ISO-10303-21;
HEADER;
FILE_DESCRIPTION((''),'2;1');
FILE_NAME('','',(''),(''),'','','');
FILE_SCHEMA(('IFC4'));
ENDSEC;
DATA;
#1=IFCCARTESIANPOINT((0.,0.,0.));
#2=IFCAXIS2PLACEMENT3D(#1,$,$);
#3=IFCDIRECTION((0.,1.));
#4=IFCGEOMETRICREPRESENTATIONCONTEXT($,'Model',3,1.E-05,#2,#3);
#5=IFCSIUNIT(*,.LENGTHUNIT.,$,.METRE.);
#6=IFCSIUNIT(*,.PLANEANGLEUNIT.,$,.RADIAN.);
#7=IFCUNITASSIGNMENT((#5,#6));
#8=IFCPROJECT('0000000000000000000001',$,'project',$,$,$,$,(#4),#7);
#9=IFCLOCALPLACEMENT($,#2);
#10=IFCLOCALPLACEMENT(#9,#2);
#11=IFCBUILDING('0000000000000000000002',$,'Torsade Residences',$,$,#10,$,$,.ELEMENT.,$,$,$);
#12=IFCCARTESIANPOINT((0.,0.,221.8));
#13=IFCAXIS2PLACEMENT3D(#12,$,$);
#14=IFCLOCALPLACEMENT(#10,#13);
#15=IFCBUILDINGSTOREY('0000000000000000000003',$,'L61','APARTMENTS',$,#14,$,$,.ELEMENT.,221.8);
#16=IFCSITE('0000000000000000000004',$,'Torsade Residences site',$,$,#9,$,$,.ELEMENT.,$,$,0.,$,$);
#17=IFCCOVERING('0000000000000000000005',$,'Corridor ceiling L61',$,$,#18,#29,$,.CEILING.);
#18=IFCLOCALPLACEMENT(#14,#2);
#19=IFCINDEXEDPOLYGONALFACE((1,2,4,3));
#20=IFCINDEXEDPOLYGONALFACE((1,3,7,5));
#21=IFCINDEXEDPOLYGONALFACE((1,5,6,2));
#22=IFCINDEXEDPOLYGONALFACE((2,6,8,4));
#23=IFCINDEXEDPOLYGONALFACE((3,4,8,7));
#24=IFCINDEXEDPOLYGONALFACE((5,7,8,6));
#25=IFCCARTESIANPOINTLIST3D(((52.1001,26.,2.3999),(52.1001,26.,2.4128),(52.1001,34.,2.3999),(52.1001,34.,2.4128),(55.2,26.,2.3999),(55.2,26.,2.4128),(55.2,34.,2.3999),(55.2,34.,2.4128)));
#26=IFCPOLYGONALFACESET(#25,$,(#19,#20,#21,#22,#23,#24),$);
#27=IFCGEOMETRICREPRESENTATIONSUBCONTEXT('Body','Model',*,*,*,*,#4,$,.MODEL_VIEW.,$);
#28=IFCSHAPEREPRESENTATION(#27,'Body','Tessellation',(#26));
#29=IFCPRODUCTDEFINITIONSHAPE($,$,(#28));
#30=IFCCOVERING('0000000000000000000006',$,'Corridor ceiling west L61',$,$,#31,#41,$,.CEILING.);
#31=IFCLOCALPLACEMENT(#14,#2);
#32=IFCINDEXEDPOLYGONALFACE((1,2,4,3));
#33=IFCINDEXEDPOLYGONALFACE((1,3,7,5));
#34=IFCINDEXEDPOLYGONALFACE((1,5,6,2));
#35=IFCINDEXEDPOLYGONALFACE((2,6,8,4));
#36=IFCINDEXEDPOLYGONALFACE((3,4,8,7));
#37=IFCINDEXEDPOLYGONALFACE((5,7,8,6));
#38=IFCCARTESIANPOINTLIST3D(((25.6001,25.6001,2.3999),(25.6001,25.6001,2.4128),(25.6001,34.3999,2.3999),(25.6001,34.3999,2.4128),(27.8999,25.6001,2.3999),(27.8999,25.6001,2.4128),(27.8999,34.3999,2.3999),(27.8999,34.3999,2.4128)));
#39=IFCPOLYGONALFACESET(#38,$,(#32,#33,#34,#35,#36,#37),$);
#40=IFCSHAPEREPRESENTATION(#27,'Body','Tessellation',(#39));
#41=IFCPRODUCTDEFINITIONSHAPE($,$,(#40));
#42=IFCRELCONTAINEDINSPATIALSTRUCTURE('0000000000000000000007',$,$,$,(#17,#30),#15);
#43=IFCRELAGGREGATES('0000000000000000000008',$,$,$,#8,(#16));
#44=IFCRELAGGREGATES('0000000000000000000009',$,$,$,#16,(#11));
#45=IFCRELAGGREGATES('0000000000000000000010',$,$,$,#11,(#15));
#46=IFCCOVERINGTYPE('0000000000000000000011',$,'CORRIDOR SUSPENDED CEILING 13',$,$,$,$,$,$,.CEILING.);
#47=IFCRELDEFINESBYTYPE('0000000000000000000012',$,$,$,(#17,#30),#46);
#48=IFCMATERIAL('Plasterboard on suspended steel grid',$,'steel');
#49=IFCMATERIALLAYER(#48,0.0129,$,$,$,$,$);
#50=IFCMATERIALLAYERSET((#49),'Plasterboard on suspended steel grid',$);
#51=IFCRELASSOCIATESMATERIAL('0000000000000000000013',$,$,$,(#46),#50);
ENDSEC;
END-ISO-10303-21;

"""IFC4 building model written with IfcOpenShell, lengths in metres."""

from ifc_helpers import new_model, si_unit, direction, frame, origin, place, context, subcontext, project, spatial, polyline, outline, extrude, material, layer, layer_set, type_object, element, save


model = new_model("IFC4")

# Units and contexts
model_context = context("Model", 3, precision=1e-05, world=origin(), true_north=direction((0.0, 1.0)))
body_context = subcontext(model_context, "Body", "Model", "MODEL_VIEW")
ifc_project = project(units=[si_unit("LENGTHUNIT", "METRE"), si_unit("PLANEANGLEUNIT", "RADIAN")], contexts=[model_context])

# Site, building, storey
site_placement = place(None, origin())
site = spatial("IfcSite", under=ifc_project, at=site_placement, Name="Torsade Residences site", CompositionType="ELEMENT", RefElevation=0.0)
building_placement = place(site_placement, origin())
building = spatial("IfcBuilding", under=site, at=building_placement, Name="Torsade Residences", CompositionType="ELEMENT")
storey_placement = place(building_placement, frame((0.0, 0.0, 221.8)))
storey = spatial("IfcBuildingStorey", under=building, at=storey_placement, Name="L61", Description="APARTMENTS", CompositionType="ELEMENT", Elevation=221.8)

# Coverings
ifc_material_1 = material(Name="Plasterboard on suspended steel grid", Category="steel")
ifc_layer_1 = layer(ifc_material_1, 0.0129)
ifc_layer_set_1 = layer_set([ifc_layer_1], Name="Plasterboard on suspended steel grid")
covering_type_1 = type_object("IfcCoveringType", Name="CORRIDOR SUSPENDED CEILING 13", PredefinedType="CEILING", material=ifc_layer_set_1)
covering_1_placement = place(storey_placement, frame((0.0, 0.0, 2.3999)))
element("IfcCovering", 1, at=covering_1_placement, inside=storey, type_object=covering_type_1, Name="Corridor ceiling L61", PredefinedType="CEILING", context=body_context, shape_type="SweptSolid", body=[
    extrude(outline(polyline([(55.2, 26.0), (55.2, 34.0), (52.1001, 34.0), (52.1001, 26.0), (55.2, 26.0)])), origin(), (0.0, 0.0, 1.0), 0.0129),
])
covering_2_placement = place(storey_placement, frame((0.0, 0.0, 2.3999)))
element("IfcCovering", 2, at=covering_2_placement, inside=storey, type_object=covering_type_1, Name="Corridor ceiling west L61", PredefinedType="CEILING", context=body_context, shape_type="SweptSolid", body=[
    extrude(outline(polyline([(27.8999, 25.6001), (27.8999, 34.3999), (25.6001, 34.3999), (25.6001, 25.6001), (27.8999, 25.6001)])), origin(), (0.0, 0.0, 1.0), 0.0129),
])

save(model, "model.ifc")
